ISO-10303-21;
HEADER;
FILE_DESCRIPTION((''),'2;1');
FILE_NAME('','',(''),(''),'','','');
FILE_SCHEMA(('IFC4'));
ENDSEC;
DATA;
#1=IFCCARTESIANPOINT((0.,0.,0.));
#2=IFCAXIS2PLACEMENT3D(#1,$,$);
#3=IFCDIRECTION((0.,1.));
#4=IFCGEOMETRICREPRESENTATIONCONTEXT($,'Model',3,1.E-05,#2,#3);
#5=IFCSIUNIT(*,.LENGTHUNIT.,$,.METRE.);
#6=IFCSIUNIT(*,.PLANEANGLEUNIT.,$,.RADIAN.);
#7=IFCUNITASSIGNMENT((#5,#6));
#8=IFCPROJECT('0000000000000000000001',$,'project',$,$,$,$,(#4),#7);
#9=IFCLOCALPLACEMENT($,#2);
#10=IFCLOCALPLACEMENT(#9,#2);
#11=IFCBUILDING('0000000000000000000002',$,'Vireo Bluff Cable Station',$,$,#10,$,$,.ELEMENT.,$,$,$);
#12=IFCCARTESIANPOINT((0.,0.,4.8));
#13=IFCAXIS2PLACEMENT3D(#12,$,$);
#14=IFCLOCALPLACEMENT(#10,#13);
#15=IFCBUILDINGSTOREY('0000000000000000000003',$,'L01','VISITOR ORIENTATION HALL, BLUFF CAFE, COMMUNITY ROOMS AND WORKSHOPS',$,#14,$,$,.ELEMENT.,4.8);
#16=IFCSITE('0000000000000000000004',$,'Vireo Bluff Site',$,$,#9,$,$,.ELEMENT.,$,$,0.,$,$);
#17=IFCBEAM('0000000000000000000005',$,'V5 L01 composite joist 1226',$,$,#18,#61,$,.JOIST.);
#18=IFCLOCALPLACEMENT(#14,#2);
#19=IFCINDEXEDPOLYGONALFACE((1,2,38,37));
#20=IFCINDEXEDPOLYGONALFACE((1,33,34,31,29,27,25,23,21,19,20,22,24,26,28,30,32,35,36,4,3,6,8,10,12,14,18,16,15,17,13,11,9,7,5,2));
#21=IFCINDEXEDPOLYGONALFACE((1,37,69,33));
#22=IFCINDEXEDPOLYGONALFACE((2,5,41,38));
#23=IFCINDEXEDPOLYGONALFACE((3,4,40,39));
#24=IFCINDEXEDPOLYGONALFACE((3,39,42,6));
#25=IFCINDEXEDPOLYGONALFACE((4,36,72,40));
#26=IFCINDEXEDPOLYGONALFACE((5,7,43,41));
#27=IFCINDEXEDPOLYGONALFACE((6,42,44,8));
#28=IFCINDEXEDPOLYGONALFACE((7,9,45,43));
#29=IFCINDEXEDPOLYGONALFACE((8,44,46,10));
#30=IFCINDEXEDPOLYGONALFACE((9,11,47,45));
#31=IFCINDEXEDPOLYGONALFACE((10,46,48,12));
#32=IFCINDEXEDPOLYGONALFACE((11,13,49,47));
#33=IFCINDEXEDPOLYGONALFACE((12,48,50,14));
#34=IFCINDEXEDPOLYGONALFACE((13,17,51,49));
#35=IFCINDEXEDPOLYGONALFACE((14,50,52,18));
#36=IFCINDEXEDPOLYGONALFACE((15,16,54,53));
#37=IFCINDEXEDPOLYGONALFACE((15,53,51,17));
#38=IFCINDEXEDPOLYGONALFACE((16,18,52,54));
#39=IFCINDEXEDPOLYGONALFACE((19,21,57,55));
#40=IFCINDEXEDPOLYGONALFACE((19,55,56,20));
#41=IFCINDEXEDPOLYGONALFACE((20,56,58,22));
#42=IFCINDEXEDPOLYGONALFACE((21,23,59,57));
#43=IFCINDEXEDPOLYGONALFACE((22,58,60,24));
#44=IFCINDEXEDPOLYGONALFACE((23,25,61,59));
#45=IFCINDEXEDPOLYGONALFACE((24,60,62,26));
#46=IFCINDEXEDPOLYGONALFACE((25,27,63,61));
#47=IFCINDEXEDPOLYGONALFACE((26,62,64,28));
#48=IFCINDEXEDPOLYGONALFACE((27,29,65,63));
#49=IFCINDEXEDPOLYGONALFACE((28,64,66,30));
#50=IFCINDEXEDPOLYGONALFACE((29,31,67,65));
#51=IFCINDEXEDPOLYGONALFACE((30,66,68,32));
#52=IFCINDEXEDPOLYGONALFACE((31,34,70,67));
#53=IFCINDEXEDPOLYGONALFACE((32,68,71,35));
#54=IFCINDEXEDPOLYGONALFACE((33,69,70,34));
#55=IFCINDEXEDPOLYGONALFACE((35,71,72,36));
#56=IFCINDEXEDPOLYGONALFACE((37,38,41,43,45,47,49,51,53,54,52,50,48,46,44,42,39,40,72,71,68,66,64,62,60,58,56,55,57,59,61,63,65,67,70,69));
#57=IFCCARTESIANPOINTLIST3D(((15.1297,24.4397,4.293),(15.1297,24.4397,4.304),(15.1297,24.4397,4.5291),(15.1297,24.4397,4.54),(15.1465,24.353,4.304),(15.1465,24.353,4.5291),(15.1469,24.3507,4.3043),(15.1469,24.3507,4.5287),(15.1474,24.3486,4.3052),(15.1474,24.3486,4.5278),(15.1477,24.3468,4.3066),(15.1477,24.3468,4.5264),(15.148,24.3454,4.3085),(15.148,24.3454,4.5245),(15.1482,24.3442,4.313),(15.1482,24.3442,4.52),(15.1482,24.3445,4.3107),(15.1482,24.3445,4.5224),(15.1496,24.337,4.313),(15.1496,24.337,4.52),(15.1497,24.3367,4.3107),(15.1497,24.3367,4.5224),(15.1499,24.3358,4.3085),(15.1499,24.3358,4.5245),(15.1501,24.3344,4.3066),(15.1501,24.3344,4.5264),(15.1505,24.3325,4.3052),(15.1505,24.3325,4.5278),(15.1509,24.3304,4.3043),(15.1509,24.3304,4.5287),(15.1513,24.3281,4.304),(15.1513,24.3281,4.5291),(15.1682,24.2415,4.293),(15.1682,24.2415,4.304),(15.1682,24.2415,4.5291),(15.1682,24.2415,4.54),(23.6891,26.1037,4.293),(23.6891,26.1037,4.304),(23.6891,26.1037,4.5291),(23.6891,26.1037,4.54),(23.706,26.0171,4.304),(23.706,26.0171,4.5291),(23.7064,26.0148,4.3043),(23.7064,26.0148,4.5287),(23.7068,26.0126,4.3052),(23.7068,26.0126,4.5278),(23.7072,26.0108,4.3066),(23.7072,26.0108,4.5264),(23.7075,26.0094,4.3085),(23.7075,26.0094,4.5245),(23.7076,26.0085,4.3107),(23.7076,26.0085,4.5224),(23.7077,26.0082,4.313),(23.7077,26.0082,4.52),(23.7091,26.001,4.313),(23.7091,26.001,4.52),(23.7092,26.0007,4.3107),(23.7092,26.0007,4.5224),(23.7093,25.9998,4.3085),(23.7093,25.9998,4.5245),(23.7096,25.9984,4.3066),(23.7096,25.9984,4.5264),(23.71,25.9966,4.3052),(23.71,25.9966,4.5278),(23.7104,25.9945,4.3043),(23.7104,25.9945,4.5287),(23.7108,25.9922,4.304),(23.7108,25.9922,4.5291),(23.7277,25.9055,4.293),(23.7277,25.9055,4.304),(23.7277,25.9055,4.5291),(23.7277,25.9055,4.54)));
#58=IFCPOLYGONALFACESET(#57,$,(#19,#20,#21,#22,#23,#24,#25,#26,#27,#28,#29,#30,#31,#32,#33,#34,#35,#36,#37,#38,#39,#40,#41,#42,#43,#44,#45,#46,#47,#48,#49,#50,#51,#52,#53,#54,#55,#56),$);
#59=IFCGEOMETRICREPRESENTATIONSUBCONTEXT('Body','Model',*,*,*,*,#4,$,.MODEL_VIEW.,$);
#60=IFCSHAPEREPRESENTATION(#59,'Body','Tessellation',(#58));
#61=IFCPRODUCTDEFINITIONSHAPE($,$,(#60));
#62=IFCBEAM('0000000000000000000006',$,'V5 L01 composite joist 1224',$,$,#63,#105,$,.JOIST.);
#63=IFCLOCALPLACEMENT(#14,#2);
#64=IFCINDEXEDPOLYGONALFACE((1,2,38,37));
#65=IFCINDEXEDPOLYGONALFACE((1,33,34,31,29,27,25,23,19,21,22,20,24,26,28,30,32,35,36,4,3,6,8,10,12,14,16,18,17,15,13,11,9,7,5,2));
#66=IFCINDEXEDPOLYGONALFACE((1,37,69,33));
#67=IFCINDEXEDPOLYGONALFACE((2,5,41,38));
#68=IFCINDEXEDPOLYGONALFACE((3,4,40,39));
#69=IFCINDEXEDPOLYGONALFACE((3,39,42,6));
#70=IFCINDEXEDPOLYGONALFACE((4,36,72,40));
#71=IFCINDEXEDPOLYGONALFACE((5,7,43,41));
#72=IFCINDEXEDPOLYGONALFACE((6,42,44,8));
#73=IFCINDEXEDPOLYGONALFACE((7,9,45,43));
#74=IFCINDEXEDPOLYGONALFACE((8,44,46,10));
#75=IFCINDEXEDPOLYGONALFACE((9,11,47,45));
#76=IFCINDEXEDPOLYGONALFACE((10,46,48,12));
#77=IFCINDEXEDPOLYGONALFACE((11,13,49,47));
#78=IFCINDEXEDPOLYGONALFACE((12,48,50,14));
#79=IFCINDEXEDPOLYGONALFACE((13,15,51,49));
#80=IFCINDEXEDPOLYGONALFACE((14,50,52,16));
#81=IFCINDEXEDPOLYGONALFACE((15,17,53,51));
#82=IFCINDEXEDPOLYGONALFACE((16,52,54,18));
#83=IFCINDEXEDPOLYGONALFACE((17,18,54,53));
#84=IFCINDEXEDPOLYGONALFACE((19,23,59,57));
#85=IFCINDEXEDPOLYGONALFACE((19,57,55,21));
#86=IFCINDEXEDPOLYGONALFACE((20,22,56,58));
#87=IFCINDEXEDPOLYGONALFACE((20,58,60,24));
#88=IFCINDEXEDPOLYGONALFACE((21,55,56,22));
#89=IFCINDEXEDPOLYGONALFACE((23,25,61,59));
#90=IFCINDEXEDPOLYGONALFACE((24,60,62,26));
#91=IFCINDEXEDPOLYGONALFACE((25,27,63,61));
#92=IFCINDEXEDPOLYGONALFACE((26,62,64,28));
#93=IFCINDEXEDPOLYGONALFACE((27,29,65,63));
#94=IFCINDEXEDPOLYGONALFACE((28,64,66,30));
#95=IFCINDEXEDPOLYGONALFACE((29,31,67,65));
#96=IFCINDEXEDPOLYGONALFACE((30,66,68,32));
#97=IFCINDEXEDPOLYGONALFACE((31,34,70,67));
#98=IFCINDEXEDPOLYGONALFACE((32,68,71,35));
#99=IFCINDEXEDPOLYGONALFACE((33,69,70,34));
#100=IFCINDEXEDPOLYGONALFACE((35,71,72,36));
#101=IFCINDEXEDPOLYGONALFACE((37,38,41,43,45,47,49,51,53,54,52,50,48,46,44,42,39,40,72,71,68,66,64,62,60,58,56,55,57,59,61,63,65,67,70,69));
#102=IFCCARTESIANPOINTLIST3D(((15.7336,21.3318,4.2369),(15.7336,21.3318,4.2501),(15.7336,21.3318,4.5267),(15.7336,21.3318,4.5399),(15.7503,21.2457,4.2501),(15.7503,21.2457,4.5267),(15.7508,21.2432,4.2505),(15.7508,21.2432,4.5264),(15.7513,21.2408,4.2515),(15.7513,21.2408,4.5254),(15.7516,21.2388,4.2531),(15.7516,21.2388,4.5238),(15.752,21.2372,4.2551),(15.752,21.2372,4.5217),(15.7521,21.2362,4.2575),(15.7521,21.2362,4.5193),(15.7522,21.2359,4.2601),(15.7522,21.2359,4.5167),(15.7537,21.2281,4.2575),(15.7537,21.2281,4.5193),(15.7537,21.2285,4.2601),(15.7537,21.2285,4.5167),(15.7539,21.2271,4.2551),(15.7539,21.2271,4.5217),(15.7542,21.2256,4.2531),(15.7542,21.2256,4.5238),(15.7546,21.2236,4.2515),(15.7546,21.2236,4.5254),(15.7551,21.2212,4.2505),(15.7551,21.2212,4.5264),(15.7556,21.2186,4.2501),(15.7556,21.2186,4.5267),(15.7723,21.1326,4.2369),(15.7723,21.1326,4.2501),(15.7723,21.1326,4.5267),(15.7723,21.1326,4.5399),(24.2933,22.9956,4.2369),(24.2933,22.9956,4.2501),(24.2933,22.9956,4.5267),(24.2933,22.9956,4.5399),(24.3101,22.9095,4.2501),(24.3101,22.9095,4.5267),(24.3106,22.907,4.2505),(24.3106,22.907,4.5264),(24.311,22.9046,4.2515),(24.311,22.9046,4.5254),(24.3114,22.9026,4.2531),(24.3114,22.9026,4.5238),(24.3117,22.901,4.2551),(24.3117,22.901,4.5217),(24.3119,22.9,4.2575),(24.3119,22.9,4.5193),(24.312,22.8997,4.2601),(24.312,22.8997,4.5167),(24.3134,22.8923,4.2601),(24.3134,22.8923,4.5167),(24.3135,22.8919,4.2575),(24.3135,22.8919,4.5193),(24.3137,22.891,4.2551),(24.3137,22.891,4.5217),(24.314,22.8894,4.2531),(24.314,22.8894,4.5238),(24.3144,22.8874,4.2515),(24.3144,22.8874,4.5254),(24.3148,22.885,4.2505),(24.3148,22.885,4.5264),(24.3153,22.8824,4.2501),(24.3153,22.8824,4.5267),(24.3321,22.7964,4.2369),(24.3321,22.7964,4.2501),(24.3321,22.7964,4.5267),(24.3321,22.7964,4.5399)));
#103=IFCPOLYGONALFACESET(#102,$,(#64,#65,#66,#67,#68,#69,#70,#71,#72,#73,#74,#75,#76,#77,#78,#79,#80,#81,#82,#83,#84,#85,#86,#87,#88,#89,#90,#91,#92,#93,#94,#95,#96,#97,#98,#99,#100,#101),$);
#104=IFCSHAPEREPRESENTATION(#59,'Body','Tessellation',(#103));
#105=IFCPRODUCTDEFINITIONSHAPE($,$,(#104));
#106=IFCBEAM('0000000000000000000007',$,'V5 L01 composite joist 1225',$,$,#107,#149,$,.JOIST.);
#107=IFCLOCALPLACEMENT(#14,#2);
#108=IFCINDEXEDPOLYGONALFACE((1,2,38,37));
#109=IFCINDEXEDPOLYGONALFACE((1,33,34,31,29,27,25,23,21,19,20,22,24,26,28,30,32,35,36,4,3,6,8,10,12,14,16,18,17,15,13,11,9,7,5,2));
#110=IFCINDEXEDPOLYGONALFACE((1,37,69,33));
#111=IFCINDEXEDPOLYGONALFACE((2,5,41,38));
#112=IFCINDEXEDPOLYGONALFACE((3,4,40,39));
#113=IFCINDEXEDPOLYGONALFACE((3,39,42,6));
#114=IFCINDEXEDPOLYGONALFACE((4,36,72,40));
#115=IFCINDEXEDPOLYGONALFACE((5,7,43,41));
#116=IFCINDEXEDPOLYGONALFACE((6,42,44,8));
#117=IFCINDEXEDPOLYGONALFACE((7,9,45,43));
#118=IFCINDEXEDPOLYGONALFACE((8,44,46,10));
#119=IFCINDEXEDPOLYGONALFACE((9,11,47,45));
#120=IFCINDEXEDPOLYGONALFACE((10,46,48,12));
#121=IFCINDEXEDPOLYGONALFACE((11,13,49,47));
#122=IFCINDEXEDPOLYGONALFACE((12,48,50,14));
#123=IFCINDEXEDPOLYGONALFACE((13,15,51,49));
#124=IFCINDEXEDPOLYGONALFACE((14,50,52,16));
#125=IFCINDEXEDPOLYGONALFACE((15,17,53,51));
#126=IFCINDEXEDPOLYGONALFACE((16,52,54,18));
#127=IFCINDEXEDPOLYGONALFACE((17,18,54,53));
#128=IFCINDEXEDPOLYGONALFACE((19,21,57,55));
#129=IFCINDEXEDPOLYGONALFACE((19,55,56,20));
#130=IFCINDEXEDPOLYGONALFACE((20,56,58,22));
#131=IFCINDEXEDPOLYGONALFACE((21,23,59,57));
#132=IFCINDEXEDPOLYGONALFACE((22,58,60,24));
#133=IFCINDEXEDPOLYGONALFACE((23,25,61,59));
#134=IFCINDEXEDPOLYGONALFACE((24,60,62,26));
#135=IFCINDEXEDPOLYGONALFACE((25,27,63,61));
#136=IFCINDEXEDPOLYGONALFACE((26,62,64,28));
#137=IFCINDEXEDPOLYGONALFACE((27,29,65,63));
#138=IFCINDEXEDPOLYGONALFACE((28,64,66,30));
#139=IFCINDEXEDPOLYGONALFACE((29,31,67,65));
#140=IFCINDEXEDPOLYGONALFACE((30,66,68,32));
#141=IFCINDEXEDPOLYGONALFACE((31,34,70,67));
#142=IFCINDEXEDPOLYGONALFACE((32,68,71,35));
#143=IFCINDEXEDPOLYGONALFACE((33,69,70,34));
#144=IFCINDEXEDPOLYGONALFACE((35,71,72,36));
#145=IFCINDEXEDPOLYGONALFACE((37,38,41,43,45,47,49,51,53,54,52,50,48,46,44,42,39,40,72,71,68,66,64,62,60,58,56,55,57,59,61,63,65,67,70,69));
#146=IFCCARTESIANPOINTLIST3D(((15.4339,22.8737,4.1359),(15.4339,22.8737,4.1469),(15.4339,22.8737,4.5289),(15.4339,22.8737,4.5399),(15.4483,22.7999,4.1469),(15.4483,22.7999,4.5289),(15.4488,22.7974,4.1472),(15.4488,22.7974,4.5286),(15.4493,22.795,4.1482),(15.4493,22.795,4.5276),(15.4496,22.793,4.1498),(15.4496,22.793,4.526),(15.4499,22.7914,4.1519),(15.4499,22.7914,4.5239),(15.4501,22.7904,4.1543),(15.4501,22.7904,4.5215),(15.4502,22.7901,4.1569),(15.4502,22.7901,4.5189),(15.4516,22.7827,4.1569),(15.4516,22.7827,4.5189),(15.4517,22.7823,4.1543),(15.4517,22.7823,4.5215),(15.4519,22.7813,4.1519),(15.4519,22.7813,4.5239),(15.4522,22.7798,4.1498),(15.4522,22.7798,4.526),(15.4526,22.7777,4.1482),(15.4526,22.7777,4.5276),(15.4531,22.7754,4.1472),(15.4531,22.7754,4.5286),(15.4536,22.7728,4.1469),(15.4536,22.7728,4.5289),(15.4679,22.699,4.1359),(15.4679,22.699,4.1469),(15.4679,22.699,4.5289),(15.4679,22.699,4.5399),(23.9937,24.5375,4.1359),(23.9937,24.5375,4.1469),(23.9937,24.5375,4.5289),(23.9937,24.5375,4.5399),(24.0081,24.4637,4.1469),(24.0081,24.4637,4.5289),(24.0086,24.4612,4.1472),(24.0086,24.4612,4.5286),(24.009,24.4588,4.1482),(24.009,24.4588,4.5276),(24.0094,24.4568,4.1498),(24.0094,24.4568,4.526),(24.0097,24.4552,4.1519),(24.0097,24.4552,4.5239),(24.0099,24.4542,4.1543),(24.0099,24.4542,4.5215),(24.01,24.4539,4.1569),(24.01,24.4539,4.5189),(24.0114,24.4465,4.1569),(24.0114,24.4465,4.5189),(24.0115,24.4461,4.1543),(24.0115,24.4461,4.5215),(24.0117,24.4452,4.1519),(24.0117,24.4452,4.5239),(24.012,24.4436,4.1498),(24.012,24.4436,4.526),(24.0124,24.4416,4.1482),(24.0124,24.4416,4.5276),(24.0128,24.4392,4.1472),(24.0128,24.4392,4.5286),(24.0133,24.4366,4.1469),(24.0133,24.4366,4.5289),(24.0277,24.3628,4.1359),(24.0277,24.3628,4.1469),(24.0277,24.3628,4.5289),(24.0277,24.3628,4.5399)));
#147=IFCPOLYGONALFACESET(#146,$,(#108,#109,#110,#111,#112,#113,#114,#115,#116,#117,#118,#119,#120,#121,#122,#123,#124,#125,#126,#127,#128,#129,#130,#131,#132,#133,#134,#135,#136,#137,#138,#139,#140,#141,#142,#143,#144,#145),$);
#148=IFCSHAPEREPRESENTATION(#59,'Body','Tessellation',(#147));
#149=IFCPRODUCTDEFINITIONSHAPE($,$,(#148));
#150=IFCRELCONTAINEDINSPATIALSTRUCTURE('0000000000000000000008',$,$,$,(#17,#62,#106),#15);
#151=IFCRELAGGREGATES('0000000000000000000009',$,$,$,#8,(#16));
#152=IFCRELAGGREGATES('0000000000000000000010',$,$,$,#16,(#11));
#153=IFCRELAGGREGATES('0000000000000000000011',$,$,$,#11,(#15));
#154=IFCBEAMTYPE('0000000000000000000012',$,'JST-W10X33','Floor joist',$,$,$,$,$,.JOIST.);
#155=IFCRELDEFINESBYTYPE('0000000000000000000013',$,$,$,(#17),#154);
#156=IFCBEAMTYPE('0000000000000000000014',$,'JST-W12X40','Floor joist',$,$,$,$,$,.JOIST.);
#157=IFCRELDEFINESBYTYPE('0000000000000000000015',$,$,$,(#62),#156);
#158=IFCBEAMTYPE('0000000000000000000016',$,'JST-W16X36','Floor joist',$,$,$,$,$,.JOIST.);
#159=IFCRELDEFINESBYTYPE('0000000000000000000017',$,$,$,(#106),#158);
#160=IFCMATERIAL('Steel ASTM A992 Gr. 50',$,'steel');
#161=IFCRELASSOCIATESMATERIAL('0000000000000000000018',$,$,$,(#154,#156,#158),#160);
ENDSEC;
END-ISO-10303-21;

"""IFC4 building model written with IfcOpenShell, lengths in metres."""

from ifc_helpers import new_model, si_unit, direction, frame, origin, origin_2d, place, context, subcontext, project, spatial, i_section, extrude, material, material_profile, profile_set, type_object, element, save


model = new_model("IFC4")

# Units and contexts
model_context = context("Model", 3, precision=1e-05, world=origin(), true_north=direction((0.0, 1.0)))
body_context = subcontext(model_context, "Body", "Model", "MODEL_VIEW")
ifc_project = project(units=[si_unit("LENGTHUNIT", "METRE"), si_unit("PLANEANGLEUNIT", "RADIAN")], contexts=[model_context])

# Site, building, storey
site_placement = place(None, origin())
site = spatial("IfcSite", under=ifc_project, at=site_placement, Name="Vireo Bluff Site", CompositionType="ELEMENT", RefElevation=0.0)
building_placement = place(site_placement, origin())
building = spatial("IfcBuilding", under=site, at=building_placement, Name="Vireo Bluff Cable Station", CompositionType="ELEMENT")
storey_placement = place(building_placement, frame((0.0, 0.0, 4.8)))
storey = spatial("IfcBuildingStorey", under=building, at=storey_placement, Name="L01", Description="VISITOR ORIENTATION HALL, BLUFF CAFE, COMMUNITY ROOMS AND WORKSHOPS", CompositionType="ELEMENT", Elevation=4.8)

# Shared definitions
ifc_material_1 = material(Name="Steel ASTM A992 Gr. 50", Category="steel")

# Beams
ifc_material_profile_1 = material_profile(ifc_material_1, i_section(OverallWidth=0.2019, OverallDepth=0.2471, WebThickness=0.0073, FlangeThickness=0.011, FilletRadius=0.009, at=origin_2d()), Name="W10X33")
ifc_profile_set_1 = profile_set([ifc_material_profile_1], Name="Steel ASTM A992 Gr. 50")
beam_type_1 = type_object("IfcBeamType", Name="JST-W10X33", Description="Floor joist", PredefinedType="JOIST", material=ifc_profile_set_1)
beam_1_placement = place(storey_placement, frame((15.1489, 24.3406, 4.4165), z_axis=(0.981622, 0.190837, 0.0), x_axis=(-0.190837, 0.981622, 0.0)))
element("IfcBeam", 1, at=beam_1_placement, inside=storey, type_object=beam_type_1, Name="V5 L01 composite joist 1226", PredefinedType="JOIST", context=body_context, shape_type="SweptSolid", body=[
    extrude(i_section(OverallWidth=0.2019, OverallDepth=0.2471, WebThickness=0.0073, FlangeThickness=0.011, FilletRadius=0.009, at=origin_2d()), origin(), (0.0, 0.0, 1.0), 8.7197),
])
ifc_material_profile_2 = material_profile(ifc_material_1, i_section(OverallWidth=0.2029, OverallDepth=0.303, WebThickness=0.0076, FlangeThickness=0.0132, FilletRadius=0.01, at=origin_2d()), Name="W12X40")
ifc_profile_set_2 = profile_set([ifc_material_profile_2], Name="Steel ASTM A992 Gr. 50")
beam_type_2 = type_object("IfcBeamType", Name="JST-W12X40", Description="Floor joist", PredefinedType="JOIST", material=ifc_profile_set_2)
beam_2_placement = place(storey_placement, frame((15.7529, 21.2322, 4.3884), z_axis=(0.981628, 0.190804, 0.0), x_axis=(-0.190804, 0.981628, 0.0)))
element("IfcBeam", 2, at=beam_2_placement, inside=storey, type_object=beam_type_2, Name="V5 L01 composite joist 1224", PredefinedType="JOIST", context=body_context, shape_type="SweptSolid", body=[
    extrude(i_section(OverallWidth=0.2029, OverallDepth=0.303, WebThickness=0.0076, FlangeThickness=0.0132, FilletRadius=0.01, at=origin_2d()), origin(), (0.0, 0.0, 1.0), 8.72),
])
ifc_material_profile_3 = material_profile(ifc_material_1, i_section(OverallWidth=0.178, OverallDepth=0.4041, WebThickness=0.0076, FlangeThickness=0.011, FilletRadius=0.01, at=origin_2d()), Name="W16X36")
ifc_profile_set_3 = profile_set([ifc_material_profile_3], Name="Steel ASTM A992 Gr. 50")
beam_type_3 = type_object("IfcBeamType", Name="JST-W16X36", Description="Floor joist", PredefinedType="JOIST", material=ifc_profile_set_3)
beam_3_placement = place(storey_placement, frame((15.4509, 22.7864, 4.3379), z_axis=(0.981628, 0.190804, 0.0), x_axis=(-0.190804, 0.981628, 0.0)))
element("IfcBeam", 3, at=beam_3_placement, inside=storey, type_object=beam_type_3, Name="V5 L01 composite joist 1225", PredefinedType="JOIST", context=body_context, shape_type="SweptSolid", body=[
    extrude(i_section(OverallWidth=0.178, OverallDepth=0.4041, WebThickness=0.0076, FlangeThickness=0.011, FilletRadius=0.01, at=origin_2d()), origin(), (0.0, 0.0, 1.0), 8.72),
])

save(model, "model.ifc")
